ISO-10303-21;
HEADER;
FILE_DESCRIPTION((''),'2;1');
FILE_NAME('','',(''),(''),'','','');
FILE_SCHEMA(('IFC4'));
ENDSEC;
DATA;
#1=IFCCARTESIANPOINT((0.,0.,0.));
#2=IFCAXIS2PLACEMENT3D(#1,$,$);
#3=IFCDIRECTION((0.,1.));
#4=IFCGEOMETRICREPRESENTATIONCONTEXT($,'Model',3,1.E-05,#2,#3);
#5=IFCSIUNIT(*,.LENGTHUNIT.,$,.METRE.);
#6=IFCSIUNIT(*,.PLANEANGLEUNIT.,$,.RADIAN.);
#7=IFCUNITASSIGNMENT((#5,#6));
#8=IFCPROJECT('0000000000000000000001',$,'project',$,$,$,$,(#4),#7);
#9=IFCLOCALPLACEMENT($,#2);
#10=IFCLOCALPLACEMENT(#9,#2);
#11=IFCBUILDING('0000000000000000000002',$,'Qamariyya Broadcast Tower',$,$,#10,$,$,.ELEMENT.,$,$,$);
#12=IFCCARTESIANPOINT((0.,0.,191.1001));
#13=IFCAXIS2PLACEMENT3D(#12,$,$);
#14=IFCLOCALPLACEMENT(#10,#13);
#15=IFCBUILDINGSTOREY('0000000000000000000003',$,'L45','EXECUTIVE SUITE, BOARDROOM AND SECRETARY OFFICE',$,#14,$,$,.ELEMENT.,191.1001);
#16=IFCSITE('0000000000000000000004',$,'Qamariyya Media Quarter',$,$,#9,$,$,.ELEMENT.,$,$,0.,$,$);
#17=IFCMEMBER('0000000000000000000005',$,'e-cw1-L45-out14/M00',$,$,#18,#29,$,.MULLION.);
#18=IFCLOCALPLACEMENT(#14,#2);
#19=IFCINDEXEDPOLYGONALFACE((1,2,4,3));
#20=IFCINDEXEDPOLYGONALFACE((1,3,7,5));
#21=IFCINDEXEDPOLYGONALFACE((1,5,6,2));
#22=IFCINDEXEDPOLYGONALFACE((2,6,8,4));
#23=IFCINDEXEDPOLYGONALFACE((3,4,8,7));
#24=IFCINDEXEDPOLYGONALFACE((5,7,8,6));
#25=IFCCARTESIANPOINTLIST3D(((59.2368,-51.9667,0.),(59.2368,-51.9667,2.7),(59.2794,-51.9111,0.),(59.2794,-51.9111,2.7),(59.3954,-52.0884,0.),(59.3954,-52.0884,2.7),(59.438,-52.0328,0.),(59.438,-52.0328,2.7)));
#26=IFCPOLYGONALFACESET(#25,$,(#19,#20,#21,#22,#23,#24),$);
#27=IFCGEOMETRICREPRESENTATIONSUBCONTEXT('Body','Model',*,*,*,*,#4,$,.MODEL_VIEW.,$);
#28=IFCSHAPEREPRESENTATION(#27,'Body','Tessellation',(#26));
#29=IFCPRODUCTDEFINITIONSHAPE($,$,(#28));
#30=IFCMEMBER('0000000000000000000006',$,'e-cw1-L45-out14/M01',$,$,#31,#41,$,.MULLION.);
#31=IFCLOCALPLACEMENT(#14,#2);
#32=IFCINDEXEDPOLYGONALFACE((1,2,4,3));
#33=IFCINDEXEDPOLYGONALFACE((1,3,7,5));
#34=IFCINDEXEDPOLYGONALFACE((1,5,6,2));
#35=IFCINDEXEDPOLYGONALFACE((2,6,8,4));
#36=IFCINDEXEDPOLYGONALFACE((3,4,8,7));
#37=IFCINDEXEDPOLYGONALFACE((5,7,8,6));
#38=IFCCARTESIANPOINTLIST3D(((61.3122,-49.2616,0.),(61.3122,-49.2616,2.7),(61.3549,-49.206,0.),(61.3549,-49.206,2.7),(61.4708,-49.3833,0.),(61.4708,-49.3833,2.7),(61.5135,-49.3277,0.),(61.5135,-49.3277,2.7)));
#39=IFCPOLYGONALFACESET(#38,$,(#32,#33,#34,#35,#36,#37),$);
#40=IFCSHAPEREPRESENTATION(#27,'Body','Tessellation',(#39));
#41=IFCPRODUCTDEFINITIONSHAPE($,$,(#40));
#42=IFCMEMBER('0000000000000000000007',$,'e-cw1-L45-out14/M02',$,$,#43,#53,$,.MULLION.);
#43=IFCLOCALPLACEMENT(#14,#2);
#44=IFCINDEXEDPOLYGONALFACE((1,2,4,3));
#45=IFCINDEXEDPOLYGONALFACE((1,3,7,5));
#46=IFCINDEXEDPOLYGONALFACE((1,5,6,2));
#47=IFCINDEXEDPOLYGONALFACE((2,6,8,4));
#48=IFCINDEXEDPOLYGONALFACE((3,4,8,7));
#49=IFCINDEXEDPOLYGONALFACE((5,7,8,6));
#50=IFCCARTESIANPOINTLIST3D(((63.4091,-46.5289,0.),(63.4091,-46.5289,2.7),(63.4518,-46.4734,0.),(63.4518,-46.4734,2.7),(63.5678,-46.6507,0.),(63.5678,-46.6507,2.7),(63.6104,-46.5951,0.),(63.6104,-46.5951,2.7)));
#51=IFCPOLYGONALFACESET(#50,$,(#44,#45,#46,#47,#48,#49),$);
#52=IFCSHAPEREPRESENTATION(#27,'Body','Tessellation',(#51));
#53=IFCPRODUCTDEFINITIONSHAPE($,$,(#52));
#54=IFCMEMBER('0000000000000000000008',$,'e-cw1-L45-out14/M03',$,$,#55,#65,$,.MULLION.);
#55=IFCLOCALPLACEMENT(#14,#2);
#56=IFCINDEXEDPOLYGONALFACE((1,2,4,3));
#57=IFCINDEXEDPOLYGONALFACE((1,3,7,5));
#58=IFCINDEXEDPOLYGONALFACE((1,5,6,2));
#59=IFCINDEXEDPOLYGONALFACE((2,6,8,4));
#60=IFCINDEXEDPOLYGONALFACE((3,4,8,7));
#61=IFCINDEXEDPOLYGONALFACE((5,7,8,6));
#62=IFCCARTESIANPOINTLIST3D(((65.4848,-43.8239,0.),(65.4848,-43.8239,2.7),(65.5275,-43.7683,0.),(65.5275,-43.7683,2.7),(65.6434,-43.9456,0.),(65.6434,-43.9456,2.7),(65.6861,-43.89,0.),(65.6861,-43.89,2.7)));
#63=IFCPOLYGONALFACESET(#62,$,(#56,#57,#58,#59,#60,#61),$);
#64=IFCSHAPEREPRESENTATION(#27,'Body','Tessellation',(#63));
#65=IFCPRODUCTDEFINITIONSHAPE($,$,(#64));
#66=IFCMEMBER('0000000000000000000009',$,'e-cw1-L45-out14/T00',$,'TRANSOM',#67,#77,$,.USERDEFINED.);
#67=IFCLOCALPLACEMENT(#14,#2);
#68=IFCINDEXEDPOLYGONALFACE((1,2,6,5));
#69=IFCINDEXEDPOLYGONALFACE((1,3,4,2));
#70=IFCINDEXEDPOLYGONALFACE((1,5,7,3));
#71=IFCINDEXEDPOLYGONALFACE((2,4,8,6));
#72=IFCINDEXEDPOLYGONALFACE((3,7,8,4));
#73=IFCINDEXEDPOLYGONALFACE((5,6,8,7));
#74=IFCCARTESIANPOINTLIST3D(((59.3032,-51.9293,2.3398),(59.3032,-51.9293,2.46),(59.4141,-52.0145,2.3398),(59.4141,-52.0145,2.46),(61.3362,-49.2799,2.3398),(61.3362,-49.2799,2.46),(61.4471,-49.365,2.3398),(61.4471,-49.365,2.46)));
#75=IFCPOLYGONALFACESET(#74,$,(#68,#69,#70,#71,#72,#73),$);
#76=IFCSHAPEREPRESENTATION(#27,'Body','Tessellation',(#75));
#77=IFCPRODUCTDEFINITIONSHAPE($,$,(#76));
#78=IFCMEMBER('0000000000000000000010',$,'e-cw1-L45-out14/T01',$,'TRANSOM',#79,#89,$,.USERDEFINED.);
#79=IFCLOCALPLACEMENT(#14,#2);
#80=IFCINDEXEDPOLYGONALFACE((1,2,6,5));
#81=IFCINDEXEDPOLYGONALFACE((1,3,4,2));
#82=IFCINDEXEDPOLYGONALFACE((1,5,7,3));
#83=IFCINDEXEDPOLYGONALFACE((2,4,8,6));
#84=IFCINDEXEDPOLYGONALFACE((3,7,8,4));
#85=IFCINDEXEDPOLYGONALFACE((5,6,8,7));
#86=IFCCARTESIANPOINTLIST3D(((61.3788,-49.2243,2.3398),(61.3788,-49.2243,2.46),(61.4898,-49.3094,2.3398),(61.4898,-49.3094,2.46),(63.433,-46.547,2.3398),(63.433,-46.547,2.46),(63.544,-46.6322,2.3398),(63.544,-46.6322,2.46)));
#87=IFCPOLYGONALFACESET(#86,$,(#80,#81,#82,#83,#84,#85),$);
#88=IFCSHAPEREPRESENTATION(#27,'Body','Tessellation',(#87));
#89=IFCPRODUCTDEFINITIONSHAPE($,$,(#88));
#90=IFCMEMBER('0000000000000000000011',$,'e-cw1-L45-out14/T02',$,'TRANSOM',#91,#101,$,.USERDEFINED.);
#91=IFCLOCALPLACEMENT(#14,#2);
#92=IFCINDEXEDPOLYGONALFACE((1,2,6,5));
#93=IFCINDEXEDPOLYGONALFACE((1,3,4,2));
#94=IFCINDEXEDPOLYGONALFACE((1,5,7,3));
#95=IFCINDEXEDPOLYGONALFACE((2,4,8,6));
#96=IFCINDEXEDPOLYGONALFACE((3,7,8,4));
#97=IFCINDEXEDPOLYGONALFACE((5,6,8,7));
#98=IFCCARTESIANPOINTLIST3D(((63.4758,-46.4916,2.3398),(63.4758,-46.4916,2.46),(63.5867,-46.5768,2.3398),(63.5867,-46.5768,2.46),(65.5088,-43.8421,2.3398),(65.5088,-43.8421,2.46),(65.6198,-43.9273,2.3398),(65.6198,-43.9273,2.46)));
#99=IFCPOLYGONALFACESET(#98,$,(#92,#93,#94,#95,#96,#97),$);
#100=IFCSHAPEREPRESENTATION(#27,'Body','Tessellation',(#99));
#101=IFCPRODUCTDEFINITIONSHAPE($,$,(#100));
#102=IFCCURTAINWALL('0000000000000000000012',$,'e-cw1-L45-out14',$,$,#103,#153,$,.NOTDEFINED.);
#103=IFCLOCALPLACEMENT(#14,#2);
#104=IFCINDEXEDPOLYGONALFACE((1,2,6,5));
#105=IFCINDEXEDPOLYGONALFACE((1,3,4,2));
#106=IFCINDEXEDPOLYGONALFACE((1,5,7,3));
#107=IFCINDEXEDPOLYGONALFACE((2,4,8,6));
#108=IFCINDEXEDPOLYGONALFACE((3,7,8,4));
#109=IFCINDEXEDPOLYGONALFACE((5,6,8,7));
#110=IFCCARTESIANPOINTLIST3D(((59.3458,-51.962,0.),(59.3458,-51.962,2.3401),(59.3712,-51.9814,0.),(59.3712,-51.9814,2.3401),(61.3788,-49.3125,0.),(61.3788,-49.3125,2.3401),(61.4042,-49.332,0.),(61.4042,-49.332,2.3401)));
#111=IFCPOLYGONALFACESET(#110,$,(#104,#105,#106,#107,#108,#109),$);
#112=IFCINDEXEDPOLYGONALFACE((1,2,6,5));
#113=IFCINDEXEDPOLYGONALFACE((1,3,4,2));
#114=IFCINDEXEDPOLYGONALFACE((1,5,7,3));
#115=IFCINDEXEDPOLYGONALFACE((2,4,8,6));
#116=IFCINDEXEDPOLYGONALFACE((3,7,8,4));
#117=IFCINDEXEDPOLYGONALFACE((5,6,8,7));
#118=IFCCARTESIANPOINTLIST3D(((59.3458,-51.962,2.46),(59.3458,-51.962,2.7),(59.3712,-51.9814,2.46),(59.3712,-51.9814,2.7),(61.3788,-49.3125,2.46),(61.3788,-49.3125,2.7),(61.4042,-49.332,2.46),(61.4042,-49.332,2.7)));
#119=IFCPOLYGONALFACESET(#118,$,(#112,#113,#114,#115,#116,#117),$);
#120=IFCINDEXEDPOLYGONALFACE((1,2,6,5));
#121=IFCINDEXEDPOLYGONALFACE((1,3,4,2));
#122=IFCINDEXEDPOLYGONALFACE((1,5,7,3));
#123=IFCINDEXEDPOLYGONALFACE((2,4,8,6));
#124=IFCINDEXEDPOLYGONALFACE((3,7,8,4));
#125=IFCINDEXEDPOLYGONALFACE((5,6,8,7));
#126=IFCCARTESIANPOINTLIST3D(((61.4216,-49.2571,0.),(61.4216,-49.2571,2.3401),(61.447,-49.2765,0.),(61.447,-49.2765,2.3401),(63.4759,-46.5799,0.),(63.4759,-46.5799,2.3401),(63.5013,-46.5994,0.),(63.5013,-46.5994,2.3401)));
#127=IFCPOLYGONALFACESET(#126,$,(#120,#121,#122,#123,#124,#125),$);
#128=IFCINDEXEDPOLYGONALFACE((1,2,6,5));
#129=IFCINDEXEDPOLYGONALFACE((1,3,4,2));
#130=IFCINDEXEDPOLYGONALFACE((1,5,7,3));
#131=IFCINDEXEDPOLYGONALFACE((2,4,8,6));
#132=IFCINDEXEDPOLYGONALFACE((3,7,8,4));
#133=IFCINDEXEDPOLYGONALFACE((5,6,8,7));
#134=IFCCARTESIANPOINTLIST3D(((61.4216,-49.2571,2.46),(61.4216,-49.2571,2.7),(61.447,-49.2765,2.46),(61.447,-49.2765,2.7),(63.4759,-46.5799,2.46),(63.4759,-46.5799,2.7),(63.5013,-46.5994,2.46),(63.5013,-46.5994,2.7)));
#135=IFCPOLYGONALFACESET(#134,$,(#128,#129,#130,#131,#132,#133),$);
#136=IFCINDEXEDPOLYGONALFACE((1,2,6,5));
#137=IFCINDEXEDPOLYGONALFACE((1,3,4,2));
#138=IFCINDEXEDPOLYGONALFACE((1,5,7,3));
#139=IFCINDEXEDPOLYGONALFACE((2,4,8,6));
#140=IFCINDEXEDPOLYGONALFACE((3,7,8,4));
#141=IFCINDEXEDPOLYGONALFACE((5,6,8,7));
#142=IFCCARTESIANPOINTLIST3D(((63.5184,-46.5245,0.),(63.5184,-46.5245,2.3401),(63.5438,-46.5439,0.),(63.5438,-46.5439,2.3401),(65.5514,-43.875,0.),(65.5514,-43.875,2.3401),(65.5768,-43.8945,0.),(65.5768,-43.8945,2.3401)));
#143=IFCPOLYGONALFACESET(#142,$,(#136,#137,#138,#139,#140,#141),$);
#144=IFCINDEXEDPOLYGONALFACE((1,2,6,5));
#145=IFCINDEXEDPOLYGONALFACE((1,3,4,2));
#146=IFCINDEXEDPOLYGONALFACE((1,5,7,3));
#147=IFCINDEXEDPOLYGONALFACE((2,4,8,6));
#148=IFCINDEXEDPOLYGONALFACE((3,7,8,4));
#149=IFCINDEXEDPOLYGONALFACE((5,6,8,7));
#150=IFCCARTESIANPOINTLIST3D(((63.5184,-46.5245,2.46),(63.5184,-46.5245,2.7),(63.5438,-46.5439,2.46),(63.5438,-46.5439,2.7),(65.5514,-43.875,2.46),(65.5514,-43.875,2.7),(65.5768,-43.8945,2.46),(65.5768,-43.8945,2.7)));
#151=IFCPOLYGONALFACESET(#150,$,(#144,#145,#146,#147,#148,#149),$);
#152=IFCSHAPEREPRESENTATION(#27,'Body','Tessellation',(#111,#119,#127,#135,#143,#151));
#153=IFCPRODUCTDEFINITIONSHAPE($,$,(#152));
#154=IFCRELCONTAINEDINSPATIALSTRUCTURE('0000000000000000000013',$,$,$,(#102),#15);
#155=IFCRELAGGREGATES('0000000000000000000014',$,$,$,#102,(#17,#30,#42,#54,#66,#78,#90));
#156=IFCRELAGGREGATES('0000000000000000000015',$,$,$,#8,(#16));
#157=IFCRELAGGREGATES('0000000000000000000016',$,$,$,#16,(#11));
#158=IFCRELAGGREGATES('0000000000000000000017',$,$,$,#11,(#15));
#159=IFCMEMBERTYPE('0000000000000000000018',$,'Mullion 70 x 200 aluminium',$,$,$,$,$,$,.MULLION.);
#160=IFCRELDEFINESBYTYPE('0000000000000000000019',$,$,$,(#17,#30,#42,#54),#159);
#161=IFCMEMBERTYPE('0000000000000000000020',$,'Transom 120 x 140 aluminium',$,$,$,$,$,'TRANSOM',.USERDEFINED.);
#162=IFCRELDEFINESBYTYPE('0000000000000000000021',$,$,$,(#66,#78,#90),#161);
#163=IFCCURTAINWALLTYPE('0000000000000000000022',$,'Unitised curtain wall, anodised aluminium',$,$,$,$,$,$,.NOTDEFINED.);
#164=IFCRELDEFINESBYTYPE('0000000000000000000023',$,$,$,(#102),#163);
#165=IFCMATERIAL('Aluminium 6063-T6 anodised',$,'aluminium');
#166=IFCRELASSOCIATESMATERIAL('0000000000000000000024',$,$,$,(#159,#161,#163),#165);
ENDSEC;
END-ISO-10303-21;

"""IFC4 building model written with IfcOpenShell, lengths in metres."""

from ifc_helpers import new_model, si_unit, direction, frame, origin, origin_2d, place, context, subcontext, project, spatial, rectangle, extrude, material, material_profile, profile_set, type_object, element, aggregate, save


model = new_model("IFC4")

# Units and contexts
model_context = context("Model", 3, precision=1e-05, world=origin(), true_north=direction((0.0, 1.0)))
body_context = subcontext(model_context, "Body", "Model", "MODEL_VIEW")
ifc_project = project(units=[si_unit("LENGTHUNIT", "METRE"), si_unit("PLANEANGLEUNIT", "RADIAN")], contexts=[model_context])

# Members
ifc_material_1 = material(Name="Aluminium 6063-T6 anodised", Category="aluminium")
ifc_material_profile_1 = material_profile(ifc_material_1, rectangle(XDim=0.2, YDim=0.0701, at=origin_2d()))
ifc_profile_set_1 = profile_set([ifc_material_profile_1], Name="Aluminium 6063-T6 anodised")
member_type_1 = type_object("IfcMemberType", Name="Mullion 70 x 200 aluminium", PredefinedType="MULLION", material=ifc_profile_set_1)
site_placement = place(None, origin())
building_placement = place(site_placement, origin())
storey_placement = place(building_placement, frame((0.0, 0.0, 191.1001)))
member_1_placement = place(storey_placement, frame((59.3374, -51.9998, 0.0), z_axis=(0.0, 0.0, 1.0), x_axis=(-0.793353, 0.608761, 0.0)))
member_1 = element("IfcMember", 1, at=member_1_placement, type_object=member_type_1, Name="e-cw1-L45-out14/M00", PredefinedType="MULLION", context=body_context, shape_type="SweptSolid", body=[
    extrude(rectangle(XDim=0.2, YDim=0.0701, at=origin_2d()), origin(), (0.0, 0.0, 1.0), 2.7),
])
member_2_placement = place(storey_placement, frame((61.4128, -49.2947, 0.0), z_axis=(0.0, 0.0, 1.0), x_axis=(-0.793353, 0.608761, 0.0)))
member_2 = element("IfcMember", 2, at=member_2_placement, type_object=member_type_1, Name="e-cw1-L45-out14/M01", PredefinedType="MULLION", context=body_context, shape_type="SweptSolid", body=[
    extrude(rectangle(XDim=0.2, YDim=0.0701, at=origin_2d()), origin(), (0.0, 0.0, 1.0), 2.7),
])
member_3_placement = place(storey_placement, frame((63.5098, -46.562, 0.0), z_axis=(0.0, 0.0, 1.0), x_axis=(-0.793353, 0.608761, 0.0)))
member_3 = element("IfcMember", 3, at=member_3_placement, type_object=member_type_1, Name="e-cw1-L45-out14/M02", PredefinedType="MULLION", context=body_context, shape_type="SweptSolid", body=[
    extrude(rectangle(XDim=0.2, YDim=0.0701, at=origin_2d()), origin(), (0.0, 0.0, 1.0), 2.7),
])
member_4_placement = place(storey_placement, frame((65.5854, -43.8569, 0.0), z_axis=(0.0, 0.0, 1.0), x_axis=(-0.793353, 0.608761, 0.0)))
member_4 = element("IfcMember", 4, at=member_4_placement, type_object=member_type_1, Name="e-cw1-L45-out14/M03", PredefinedType="MULLION", context=body_context, shape_type="SweptSolid", body=[
    extrude(rectangle(XDim=0.2, YDim=0.0701, at=origin_2d()), origin(), (0.0, 0.0, 1.0), 2.7),
])
ifc_material_profile_2 = material_profile(ifc_material_1, rectangle(XDim=0.1399, YDim=0.1201, at=origin_2d()))
ifc_profile_set_2 = profile_set([ifc_material_profile_2], Name="Aluminium 6063-T6 anodised")
member_type_2 = type_object("IfcMemberType", Name="Transom 120 x 140 aluminium", ElementType="TRANSOM", PredefinedType="USERDEFINED", material=ifc_profile_set_2)
member_5_placement = place(storey_placement, frame((59.3586, -51.9719, 2.3999), z_axis=(0.60876, 0.793354, 0.0), x_axis=(-0.793354, 0.60876, 0.0)))
member_5 = element("IfcMember", 5, at=member_5_placement, type_object=member_type_2, Name="e-cw1-L45-out14/T00", ObjectType="TRANSOM", PredefinedType="USERDEFINED", context=body_context, shape_type="SweptSolid", body=[
    extrude(rectangle(XDim=0.1399, YDim=0.1201, at=origin_2d()), origin(), (0.0, 0.0, 1.0), 3.3396),
])
member_6_placement = place(storey_placement, frame((61.4343, -49.2668, 2.3999), z_axis=(0.608738, 0.793371, 0.0), x_axis=(-0.793371, 0.608738, 0.0)))
member_6 = element("IfcMember", 6, at=member_6_placement, type_object=member_type_2, Name="e-cw1-L45-out14/T01", ObjectType="TRANSOM", PredefinedType="USERDEFINED", context=body_context, shape_type="SweptSolid", body=[
    extrude(rectangle(XDim=0.1399, YDim=0.1201, at=origin_2d()), origin(), (0.0, 0.0, 1.0), 3.3745),
])
member_7_placement = place(storey_placement, frame((63.5312, -46.5342, 2.3999), z_axis=(0.60876, 0.793354, 0.0), x_axis=(-0.793354, 0.60876, 0.0)))
member_7 = element("IfcMember", 7, at=member_7_placement, type_object=member_type_2, Name="e-cw1-L45-out14/T02", ObjectType="TRANSOM", PredefinedType="USERDEFINED", context=body_context, shape_type="SweptSolid", body=[
    extrude(rectangle(XDim=0.1399, YDim=0.1201, at=origin_2d()), origin(), (0.0, 0.0, 1.0), 3.3396),
])

# Site, building, storey
site = spatial("IfcSite", under=ifc_project, at=site_placement, Name="Qamariyya Media Quarter", CompositionType="ELEMENT", RefElevation=0.0)
building = spatial("IfcBuilding", under=site, at=building_placement, Name="Qamariyya Broadcast Tower", CompositionType="ELEMENT")
storey = spatial("IfcBuildingStorey", under=building, at=storey_placement, Name="L45", Description="EXECUTIVE SUITE, BOARDROOM AND SECRETARY OFFICE", CompositionType="ELEMENT", Elevation=191.1001)

# Curtain wall
curtain_wall_type = type_object("IfcCurtainWallType", Name="Unitised curtain wall, anodised aluminium", PredefinedType="NOTDEFINED", material=ifc_material_1)
curtain_wall_1_placement = place(storey_placement, origin())
curtain_wall_1 = element("IfcCurtainWall", 8, at=curtain_wall_1_placement, inside=storey, type_object=curtain_wall_type, Name="e-cw1-L45-out14", PredefinedType="NOTDEFINED", context=body_context, shape_type="SweptSolid", body=[
    extrude(rectangle(XDim=3.3396, YDim=0.032, at=origin_2d()), frame((60.375, -50.647, 0.0), x_axis=(0.608764, 0.793352, 0.0)), (0.0, 0.0, 1.0), 2.3401),
    extrude(rectangle(XDim=3.3396, YDim=0.032, at=origin_2d()), frame((60.375, -50.647, 2.46), x_axis=(0.608764, 0.793352, 0.0)), (0.0, 0.0, 1.0), 0.24),
    extrude(rectangle(XDim=3.3745, YDim=0.032, at=origin_2d()), frame((62.4614, -47.9282, 0.0), x_axis=(0.608764, 0.793352, 0.0)), (0.0, 0.0, 1.0), 2.3401),
    extrude(rectangle(XDim=3.3745, YDim=0.032, at=origin_2d()), frame((62.4614, -47.9282, 2.46), x_axis=(0.608764, 0.793352, 0.0)), (0.0, 0.0, 1.0), 0.24),
    extrude(rectangle(XDim=3.3396, YDim=0.032, at=origin_2d()), frame((64.5476, -45.2095, 0.0), x_axis=(0.608764, 0.793352, 0.0)), (0.0, 0.0, 1.0), 2.3401),
    extrude(rectangle(XDim=3.3396, YDim=0.032, at=origin_2d()), frame((64.5476, -45.2095, 2.46), x_axis=(0.608764, 0.793352, 0.0)), (0.0, 0.0, 1.0), 0.24),
])
aggregate(curtain_wall_1, [member_1, member_2, member_3, member_4, member_5, member_6, member_7])

save(model, "model.ifc")
